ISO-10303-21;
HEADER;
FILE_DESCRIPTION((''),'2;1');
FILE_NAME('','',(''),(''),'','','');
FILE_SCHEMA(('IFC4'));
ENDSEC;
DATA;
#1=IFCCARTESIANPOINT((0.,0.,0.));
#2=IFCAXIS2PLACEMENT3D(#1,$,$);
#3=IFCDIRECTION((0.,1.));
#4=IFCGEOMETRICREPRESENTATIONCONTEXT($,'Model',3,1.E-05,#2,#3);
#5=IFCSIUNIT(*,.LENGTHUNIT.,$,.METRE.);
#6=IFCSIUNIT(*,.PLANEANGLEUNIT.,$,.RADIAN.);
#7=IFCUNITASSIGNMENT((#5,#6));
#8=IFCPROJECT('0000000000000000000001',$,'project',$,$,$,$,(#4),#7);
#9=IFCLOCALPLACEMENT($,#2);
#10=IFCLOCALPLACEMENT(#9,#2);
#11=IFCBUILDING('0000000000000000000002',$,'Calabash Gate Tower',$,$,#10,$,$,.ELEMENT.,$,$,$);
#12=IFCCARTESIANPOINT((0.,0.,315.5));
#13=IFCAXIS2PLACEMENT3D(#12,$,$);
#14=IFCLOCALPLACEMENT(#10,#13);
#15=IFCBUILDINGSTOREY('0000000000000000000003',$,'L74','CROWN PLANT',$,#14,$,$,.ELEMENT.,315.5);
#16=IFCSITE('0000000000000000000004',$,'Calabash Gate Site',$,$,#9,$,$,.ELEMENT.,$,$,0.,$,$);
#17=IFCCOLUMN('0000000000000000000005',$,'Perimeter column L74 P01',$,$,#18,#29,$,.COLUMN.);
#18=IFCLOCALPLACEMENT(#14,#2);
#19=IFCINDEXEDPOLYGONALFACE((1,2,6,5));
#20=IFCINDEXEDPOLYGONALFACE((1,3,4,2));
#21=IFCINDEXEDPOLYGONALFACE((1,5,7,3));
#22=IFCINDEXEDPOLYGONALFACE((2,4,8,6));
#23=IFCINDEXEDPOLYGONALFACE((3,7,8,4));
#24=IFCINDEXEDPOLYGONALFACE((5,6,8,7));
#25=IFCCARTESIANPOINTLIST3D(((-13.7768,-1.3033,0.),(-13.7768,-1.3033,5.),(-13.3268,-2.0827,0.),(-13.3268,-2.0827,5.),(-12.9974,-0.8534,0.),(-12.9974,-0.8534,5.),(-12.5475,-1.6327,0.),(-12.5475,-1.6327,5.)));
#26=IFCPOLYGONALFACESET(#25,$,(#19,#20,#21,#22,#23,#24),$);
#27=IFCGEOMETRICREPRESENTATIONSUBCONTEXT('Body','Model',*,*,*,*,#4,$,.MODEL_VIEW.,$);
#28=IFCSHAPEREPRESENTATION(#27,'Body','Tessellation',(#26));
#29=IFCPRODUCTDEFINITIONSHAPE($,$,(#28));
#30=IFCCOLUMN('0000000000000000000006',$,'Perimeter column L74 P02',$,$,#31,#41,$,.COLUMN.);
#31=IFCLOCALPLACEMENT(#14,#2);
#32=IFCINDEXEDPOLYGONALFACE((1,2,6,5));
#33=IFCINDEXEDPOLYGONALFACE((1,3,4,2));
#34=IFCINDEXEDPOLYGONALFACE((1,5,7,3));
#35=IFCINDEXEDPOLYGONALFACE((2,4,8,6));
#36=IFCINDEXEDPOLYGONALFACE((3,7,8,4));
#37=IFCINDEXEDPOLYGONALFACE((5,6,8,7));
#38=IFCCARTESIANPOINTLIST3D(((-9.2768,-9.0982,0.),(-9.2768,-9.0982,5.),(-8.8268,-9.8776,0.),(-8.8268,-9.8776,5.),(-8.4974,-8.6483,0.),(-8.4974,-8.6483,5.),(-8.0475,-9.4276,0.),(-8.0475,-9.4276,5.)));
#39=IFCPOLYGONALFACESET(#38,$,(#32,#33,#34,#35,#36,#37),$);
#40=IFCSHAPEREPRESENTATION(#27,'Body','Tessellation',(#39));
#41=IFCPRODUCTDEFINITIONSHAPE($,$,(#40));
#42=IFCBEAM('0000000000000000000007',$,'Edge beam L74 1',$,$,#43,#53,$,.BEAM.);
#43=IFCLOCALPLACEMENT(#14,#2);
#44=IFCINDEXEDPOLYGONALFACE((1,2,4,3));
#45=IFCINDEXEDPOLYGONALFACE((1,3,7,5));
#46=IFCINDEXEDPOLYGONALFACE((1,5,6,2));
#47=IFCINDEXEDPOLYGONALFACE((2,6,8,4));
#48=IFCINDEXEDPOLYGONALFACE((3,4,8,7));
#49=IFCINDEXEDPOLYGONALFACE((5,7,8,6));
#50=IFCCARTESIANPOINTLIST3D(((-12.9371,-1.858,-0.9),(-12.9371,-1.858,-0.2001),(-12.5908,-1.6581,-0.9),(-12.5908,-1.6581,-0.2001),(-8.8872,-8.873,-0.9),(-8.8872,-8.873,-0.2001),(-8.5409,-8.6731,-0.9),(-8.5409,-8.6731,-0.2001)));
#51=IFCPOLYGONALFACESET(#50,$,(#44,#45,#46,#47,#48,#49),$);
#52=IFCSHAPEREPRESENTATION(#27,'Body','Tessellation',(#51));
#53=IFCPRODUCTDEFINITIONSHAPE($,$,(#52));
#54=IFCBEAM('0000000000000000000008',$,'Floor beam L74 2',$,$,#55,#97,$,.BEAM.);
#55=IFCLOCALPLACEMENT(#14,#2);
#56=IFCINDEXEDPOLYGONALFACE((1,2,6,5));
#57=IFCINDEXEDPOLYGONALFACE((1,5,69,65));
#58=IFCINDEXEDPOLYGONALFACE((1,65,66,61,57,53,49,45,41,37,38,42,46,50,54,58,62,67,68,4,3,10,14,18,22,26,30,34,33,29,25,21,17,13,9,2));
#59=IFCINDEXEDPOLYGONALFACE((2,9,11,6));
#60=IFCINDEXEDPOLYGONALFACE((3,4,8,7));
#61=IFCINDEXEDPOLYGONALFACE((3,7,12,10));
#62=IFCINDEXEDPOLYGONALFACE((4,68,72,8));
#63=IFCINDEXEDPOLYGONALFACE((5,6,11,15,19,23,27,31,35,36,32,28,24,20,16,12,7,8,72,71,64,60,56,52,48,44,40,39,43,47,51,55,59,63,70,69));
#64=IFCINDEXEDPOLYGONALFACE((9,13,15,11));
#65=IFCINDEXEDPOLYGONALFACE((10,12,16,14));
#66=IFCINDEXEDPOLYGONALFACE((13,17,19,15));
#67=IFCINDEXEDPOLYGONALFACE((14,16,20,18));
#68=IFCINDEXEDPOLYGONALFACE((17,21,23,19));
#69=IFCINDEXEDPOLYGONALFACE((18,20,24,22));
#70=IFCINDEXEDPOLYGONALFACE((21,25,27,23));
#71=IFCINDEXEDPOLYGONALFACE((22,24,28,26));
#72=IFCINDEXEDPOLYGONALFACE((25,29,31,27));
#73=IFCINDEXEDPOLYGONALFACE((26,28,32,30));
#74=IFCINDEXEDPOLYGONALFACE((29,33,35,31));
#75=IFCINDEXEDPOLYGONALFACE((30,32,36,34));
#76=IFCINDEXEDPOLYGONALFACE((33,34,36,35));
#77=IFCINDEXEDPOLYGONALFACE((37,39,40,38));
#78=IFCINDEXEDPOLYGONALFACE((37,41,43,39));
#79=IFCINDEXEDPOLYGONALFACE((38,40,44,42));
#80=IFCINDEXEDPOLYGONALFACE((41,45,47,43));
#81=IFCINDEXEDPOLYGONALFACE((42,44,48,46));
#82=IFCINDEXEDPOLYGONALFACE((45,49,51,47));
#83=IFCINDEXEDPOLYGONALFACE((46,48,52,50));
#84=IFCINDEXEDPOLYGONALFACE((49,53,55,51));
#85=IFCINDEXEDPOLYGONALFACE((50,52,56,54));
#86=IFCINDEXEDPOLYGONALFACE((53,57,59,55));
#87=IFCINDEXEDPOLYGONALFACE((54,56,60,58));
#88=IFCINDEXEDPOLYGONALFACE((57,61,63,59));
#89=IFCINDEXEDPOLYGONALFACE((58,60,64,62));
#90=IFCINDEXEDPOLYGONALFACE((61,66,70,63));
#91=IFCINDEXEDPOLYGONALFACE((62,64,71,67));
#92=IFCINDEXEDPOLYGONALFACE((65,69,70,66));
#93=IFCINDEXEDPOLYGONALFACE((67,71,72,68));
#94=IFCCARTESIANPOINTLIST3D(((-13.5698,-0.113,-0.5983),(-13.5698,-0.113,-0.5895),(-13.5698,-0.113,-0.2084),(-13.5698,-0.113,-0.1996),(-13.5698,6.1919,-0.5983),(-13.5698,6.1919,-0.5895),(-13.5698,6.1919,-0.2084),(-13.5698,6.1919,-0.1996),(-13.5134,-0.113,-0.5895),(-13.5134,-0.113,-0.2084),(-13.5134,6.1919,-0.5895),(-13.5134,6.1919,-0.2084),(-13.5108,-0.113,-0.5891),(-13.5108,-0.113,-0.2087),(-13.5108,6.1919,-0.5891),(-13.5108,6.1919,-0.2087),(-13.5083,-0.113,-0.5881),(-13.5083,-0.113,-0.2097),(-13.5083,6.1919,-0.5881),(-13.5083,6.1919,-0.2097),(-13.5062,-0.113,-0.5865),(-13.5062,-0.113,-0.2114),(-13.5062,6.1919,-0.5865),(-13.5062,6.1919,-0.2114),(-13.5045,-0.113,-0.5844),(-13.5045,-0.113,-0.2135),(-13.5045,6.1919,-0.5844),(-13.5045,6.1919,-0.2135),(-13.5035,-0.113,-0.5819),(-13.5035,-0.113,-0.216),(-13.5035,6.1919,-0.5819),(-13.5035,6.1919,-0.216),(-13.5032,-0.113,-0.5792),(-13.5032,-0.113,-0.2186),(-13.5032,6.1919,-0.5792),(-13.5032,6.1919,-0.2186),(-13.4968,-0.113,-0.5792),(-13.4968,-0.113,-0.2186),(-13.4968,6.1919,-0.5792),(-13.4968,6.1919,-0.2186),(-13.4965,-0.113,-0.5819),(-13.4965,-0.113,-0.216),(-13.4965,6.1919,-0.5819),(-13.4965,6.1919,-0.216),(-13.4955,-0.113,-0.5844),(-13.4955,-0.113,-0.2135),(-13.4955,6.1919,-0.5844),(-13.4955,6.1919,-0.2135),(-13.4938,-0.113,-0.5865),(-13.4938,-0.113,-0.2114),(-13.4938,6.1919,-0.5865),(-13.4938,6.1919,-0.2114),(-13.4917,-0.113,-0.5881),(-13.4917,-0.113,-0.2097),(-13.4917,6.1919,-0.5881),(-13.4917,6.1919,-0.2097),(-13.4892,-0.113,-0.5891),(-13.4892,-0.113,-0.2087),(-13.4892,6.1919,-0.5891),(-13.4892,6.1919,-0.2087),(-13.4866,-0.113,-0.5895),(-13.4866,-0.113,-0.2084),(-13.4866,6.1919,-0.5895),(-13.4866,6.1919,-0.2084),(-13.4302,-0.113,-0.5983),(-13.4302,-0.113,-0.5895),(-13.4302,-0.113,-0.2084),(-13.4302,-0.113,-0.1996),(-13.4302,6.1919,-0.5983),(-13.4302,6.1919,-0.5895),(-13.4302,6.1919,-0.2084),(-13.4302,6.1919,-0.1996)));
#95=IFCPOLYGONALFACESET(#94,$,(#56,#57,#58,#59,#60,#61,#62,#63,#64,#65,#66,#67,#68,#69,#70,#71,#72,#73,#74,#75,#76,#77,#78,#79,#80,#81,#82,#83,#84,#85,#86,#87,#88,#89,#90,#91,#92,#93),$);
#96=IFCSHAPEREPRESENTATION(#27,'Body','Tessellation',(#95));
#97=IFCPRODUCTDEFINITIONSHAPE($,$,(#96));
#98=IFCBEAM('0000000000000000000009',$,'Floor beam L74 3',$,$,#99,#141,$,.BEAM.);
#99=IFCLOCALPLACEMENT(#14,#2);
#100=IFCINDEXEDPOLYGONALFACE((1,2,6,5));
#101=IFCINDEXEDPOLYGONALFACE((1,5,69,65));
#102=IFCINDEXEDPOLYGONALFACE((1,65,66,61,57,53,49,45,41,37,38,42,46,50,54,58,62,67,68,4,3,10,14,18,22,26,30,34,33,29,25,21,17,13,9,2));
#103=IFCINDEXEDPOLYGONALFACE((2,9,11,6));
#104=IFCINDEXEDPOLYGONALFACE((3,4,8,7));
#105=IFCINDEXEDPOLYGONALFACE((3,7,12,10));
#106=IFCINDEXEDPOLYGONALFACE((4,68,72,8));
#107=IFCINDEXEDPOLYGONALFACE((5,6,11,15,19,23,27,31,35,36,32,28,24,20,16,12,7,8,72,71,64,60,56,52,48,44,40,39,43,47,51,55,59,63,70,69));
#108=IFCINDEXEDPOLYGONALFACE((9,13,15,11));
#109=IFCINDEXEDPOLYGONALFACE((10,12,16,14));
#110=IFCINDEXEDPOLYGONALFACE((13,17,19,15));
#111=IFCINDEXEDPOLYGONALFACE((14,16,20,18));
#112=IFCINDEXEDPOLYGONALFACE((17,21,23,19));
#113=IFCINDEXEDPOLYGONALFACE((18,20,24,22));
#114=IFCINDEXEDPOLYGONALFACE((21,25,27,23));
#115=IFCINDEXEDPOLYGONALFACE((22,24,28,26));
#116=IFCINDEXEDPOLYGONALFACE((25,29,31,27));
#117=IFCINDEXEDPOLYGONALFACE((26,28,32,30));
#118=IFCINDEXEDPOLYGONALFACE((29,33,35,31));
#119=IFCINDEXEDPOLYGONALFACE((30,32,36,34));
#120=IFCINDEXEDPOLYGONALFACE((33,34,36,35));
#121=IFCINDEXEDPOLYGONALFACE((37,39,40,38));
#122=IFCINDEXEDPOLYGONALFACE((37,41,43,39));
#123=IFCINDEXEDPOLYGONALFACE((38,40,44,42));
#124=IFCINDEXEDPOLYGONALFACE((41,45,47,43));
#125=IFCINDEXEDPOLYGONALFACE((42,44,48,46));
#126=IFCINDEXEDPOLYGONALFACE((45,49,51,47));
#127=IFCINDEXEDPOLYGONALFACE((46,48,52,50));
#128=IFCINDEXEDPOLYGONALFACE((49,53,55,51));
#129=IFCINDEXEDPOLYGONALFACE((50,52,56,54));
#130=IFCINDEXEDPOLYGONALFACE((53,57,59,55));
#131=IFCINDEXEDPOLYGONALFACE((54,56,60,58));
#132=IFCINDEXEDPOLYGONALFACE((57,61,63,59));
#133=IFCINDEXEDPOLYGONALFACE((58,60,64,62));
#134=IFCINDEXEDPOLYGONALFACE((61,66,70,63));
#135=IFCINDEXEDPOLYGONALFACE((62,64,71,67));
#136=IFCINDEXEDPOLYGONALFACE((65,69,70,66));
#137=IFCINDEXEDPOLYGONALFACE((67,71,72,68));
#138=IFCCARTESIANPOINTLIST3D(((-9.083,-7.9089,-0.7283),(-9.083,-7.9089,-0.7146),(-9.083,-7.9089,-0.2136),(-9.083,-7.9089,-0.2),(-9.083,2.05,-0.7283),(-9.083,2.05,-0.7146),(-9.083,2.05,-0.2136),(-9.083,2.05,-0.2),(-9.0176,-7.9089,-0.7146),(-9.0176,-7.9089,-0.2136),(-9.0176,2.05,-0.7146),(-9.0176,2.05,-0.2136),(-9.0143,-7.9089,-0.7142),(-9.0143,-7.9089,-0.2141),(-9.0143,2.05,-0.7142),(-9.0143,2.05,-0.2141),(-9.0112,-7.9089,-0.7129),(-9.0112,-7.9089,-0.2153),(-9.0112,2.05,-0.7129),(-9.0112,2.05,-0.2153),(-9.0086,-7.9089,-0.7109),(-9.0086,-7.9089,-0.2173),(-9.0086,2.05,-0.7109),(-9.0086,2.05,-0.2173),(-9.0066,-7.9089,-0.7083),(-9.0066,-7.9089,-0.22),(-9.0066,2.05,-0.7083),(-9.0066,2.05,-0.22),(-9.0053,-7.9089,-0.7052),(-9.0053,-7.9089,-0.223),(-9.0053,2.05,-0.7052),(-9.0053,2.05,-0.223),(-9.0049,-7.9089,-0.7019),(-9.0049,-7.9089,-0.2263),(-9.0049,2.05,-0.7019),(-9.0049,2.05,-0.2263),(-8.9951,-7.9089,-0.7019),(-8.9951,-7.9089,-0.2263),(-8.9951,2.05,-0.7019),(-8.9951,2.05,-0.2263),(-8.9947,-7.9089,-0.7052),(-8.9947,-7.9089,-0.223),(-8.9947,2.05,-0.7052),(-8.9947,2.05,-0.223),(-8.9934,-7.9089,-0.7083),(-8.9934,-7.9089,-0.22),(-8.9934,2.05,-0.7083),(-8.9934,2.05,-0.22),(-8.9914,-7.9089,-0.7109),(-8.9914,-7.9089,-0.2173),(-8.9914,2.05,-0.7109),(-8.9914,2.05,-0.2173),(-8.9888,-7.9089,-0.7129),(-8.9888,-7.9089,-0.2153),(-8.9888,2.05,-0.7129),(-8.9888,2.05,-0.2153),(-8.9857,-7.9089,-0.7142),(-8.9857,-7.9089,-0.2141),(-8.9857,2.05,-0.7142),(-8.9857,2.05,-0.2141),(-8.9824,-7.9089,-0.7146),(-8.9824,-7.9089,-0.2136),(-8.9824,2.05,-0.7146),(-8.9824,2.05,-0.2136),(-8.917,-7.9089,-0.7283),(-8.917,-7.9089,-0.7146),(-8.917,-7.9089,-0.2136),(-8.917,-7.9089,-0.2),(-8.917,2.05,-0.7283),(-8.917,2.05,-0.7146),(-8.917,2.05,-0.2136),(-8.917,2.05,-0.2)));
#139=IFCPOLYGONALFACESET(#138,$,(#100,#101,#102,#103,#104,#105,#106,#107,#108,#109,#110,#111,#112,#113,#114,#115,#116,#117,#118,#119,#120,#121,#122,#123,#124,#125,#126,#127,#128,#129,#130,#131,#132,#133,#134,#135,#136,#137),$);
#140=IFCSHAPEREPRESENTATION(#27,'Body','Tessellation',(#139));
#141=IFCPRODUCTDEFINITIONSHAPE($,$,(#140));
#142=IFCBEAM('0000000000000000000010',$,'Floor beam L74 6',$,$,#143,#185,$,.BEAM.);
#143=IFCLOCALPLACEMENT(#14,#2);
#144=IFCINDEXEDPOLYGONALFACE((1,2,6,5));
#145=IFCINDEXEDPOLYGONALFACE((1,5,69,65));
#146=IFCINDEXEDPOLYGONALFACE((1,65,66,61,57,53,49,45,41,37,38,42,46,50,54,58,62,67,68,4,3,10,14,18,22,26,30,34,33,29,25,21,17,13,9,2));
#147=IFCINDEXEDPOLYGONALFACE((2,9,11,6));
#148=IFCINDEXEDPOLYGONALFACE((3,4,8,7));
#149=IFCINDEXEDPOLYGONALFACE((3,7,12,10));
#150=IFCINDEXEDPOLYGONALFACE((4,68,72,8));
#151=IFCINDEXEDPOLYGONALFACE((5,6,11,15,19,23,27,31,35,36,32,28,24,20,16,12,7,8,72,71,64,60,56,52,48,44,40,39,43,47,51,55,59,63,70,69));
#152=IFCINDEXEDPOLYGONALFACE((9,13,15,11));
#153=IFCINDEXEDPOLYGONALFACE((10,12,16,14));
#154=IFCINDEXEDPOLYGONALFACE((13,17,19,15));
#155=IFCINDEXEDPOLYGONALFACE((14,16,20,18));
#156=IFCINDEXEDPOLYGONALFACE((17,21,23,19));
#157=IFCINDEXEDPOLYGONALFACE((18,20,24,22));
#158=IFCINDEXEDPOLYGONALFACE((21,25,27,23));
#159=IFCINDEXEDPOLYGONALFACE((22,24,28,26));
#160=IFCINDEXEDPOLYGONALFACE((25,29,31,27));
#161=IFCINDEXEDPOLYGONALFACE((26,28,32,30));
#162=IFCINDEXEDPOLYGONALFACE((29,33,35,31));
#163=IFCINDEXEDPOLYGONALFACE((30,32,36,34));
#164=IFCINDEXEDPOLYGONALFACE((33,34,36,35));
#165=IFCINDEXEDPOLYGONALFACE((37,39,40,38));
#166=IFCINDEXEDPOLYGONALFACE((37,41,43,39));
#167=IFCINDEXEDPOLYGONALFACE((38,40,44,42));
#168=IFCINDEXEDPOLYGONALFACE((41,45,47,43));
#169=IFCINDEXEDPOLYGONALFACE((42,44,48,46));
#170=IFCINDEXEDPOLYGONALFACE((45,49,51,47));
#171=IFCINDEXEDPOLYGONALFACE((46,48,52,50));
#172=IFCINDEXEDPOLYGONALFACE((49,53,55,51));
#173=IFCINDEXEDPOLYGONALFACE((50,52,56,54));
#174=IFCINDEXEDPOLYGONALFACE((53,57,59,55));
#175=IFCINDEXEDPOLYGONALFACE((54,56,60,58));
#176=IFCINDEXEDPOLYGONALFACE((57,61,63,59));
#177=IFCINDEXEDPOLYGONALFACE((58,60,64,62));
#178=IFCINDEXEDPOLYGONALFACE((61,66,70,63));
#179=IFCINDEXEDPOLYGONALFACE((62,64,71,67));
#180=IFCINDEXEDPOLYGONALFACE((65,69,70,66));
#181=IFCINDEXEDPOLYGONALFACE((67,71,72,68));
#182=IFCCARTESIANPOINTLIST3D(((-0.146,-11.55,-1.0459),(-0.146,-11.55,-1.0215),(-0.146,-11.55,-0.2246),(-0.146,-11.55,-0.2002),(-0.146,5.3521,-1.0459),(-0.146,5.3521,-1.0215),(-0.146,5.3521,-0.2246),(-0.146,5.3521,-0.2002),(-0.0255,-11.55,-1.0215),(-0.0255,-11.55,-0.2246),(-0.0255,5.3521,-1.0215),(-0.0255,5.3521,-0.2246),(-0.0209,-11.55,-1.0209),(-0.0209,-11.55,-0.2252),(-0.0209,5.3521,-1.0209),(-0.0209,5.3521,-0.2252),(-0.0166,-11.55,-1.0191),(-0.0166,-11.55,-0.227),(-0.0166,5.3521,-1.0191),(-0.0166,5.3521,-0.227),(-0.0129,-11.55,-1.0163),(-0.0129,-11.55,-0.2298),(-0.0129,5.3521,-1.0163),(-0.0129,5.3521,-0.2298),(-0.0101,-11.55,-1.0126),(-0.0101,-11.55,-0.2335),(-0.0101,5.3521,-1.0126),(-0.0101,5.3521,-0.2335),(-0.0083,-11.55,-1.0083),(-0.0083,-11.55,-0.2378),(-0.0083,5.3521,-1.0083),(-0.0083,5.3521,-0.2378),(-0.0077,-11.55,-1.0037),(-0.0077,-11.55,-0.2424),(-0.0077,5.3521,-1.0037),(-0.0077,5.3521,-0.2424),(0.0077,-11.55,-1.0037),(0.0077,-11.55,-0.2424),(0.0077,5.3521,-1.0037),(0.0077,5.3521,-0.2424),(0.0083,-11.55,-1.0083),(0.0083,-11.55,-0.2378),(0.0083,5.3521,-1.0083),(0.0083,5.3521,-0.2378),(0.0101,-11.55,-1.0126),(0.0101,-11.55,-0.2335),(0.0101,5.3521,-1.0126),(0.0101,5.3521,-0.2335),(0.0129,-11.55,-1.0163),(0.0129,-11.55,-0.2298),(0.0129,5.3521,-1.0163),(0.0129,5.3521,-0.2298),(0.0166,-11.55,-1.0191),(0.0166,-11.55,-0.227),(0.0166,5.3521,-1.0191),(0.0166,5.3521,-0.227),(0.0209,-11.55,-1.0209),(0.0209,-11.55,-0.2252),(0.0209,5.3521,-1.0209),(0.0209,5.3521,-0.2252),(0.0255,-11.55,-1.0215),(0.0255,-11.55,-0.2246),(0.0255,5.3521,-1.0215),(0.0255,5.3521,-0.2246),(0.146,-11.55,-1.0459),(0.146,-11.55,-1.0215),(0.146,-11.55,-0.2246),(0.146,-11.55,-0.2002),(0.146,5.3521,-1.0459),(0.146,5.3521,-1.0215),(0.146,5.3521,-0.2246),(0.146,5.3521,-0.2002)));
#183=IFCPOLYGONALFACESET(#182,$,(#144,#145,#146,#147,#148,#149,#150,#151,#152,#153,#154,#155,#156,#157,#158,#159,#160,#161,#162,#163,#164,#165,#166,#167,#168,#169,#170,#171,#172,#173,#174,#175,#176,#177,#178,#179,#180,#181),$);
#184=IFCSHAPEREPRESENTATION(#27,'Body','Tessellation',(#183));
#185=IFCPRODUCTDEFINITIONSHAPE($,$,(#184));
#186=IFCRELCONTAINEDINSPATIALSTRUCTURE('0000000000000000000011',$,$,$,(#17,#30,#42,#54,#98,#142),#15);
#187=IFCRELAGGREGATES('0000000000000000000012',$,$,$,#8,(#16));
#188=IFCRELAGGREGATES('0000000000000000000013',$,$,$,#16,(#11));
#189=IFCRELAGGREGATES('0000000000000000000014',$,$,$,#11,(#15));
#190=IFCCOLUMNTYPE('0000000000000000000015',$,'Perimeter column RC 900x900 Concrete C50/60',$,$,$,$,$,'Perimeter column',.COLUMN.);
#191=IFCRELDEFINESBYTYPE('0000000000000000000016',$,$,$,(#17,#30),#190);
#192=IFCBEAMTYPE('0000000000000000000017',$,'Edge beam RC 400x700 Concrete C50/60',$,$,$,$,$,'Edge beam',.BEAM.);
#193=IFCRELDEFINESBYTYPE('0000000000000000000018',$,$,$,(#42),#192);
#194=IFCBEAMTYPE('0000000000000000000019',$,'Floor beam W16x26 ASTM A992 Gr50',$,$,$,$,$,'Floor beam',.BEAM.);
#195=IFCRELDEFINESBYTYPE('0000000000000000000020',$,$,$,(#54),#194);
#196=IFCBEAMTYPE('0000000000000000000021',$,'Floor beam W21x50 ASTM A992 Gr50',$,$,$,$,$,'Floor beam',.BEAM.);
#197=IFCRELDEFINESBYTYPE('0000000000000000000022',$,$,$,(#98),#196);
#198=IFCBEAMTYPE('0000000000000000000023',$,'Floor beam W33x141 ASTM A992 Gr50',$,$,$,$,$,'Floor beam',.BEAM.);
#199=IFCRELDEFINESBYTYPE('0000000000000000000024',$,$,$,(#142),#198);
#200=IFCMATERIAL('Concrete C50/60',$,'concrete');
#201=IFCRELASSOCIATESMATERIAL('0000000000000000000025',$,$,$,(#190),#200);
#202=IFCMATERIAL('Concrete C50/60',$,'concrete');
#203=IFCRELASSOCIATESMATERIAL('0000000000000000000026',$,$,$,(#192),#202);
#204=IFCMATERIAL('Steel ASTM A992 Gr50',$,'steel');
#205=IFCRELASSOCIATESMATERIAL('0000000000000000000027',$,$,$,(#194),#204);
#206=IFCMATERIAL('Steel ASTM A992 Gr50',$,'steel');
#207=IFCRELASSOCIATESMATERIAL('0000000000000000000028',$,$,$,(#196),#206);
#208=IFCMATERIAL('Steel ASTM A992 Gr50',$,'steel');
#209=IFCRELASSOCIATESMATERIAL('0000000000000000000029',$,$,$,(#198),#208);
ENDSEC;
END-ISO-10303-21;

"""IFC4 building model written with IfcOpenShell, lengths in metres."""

from ifc_helpers import new_model, si_unit, direction, frame, origin, origin_2d, place, context, subcontext, project, spatial, rectangle, i_section, extrude, material, material_profile, profile_set, type_object, element, save


model = new_model("IFC4")

# Units and contexts
model_context = context("Model", 3, precision=1e-05, world=origin(), true_north=direction((0.0, 1.0)))
body_context = subcontext(model_context, "Body", "Model", "MODEL_VIEW")
ifc_project = project(units=[si_unit("LENGTHUNIT", "METRE"), si_unit("PLANEANGLEUNIT", "RADIAN")], contexts=[model_context])

# Site, building, storey
site_placement = place(None, origin())
site = spatial("IfcSite", under=ifc_project, at=site_placement, Name="Calabash Gate Site", CompositionType="ELEMENT", RefElevation=0.0)
building_placement = place(site_placement, origin())
building = spatial("IfcBuilding", under=site, at=building_placement, Name="Calabash Gate Tower", CompositionType="ELEMENT")
storey_placement = place(building_placement, frame((0.0, 0.0, 315.5)))
storey = spatial("IfcBuildingStorey", under=building, at=storey_placement, Name="L74", Description="CROWN PLANT", CompositionType="ELEMENT", Elevation=315.5)

# Columns
ifc_material_1 = material(Name="Concrete C50/60", Category="concrete")
ifc_material_profile_1 = material_profile(ifc_material_1, rectangle(XDim=0.8999, YDim=0.8999, at=origin_2d()))
ifc_profile_set_1 = profile_set([ifc_material_profile_1], Name="Concrete C50/60")
column_type = type_object("IfcColumnType", Name="Perimeter column RC 900x900 Concrete C50/60", ElementType="Perimeter column", PredefinedType="COLUMN", material=ifc_profile_set_1)
for number, where, z_axis, x_axis, name in (
    (1, (-13.1621, -1.468, 0.0), (0.0, 0.0, 1.0), (0.5, -0.866025, 0.0), "Perimeter column L74 P01"),
    (2, (-8.6621, -9.2629, 0.0), (0.0, 0.0, 1.0), (0.5, -0.866025, 0.0), "Perimeter column L74 P02"),
):
    element("IfcColumn", number, at=place(storey_placement, frame(where, z_axis=z_axis, x_axis=x_axis)), inside=storey, type_object=column_type, Name=name, PredefinedType="COLUMN", context=body_context, shape_type="SweptSolid", body=[
        extrude(rectangle(XDim=0.8999, YDim=0.8999, at=origin_2d()), origin(), (0.0, 0.0, 1.0), 5.0),
    ])

# Beams
ifc_material_2 = material(Name="Concrete C50/60", Category="concrete")
ifc_material_profile_2 = material_profile(ifc_material_2, rectangle(XDim=0.3999, YDim=0.7, at=origin_2d()))
ifc_profile_set_2 = profile_set([ifc_material_profile_2], Name="Concrete C50/60")
beam_type_1 = type_object("IfcBeamType", Name="Edge beam RC 400x700 Concrete C50/60", ElementType="Edge beam", PredefinedType="BEAM", material=ifc_profile_set_2)
beam_1_placement = place(storey_placement, frame((-12.7639, -1.7581, -0.55), z_axis=(0.499977, -0.866039, 0.0), x_axis=(0.866039, 0.499977, 0.0)))
element("IfcBeam", 3, at=beam_1_placement, inside=storey, type_object=beam_type_1, Name="Edge beam L74 1", PredefinedType="BEAM", context=body_context, shape_type="SweptSolid", body=[
    extrude(rectangle(XDim=0.3999, YDim=0.7, at=origin_2d()), origin(), (0.0, 0.0, 1.0), 8.1001),
])
ifc_material_3 = material(Name="Steel ASTM A992 Gr50", Category="steel")
ifc_material_profile_3 = material_profile(ifc_material_3, i_section(OverallWidth=0.1396, OverallDepth=0.3987, WebThickness=0.0063, FlangeThickness=0.0088, FilletRadius=0.0103, at=origin_2d()))
ifc_profile_set_3 = profile_set([ifc_material_profile_3], Name="Steel ASTM A992 Gr50")
beam_type_2 = type_object("IfcBeamType", Name="Floor beam W16x26 ASTM A992 Gr50", ElementType="Floor beam", PredefinedType="BEAM", material=ifc_profile_set_3)
beam_2_placement = place(storey_placement, frame((-13.5, -0.113, -0.3989), z_axis=(0.0, 1.0, 0.0), x_axis=(-1.0, 0.0, 0.0)))
element("IfcBeam", 4, at=beam_2_placement, inside=storey, type_object=beam_type_2, Name="Floor beam L74 2", PredefinedType="BEAM", context=body_context, shape_type="SweptSolid", body=[
    extrude(i_section(OverallWidth=0.1396, OverallDepth=0.3987, WebThickness=0.0063, FlangeThickness=0.0088, FilletRadius=0.0103, at=origin_2d()), origin(), (0.0, 0.0, 1.0), 6.3049),
])
ifc_material_4 = material(Name="Steel ASTM A992 Gr50", Category="steel")
ifc_material_profile_4 = material_profile(ifc_material_4, i_section(OverallWidth=0.166, OverallDepth=0.5283, WebThickness=0.0098, FlangeThickness=0.0137, FilletRadius=0.0127, at=origin_2d()))
ifc_profile_set_4 = profile_set([ifc_material_profile_4], Name="Steel ASTM A992 Gr50")
beam_type_3 = type_object("IfcBeamType", Name="Floor beam W21x50 ASTM A992 Gr50", ElementType="Floor beam", PredefinedType="BEAM", material=ifc_profile_set_4)
beam_3_placement = place(storey_placement, frame((-9.0, -7.9089, -0.4641), z_axis=(0.0, 1.0, 0.0), x_axis=(-1.0, 0.0, 0.0)))
element("IfcBeam", 5, at=beam_3_placement, inside=storey, type_object=beam_type_3, Name="Floor beam L74 3", PredefinedType="BEAM", context=body_context, shape_type="SweptSolid", body=[
    extrude(i_section(OverallWidth=0.166, OverallDepth=0.5283, WebThickness=0.0098, FlangeThickness=0.0137, FilletRadius=0.0127, at=origin_2d()), origin(), (0.0, 0.0, 1.0), 9.959),
])
ifc_material_5 = material(Name="Steel ASTM A992 Gr50", Category="steel")
ifc_material_profile_5 = material_profile(ifc_material_5, i_section(OverallWidth=0.292, OverallDepth=0.8457, WebThickness=0.0154, FlangeThickness=0.0244, FilletRadius=0.0178, at=origin_2d()))
ifc_profile_set_5 = profile_set([ifc_material_profile_5], Name="Steel ASTM A992 Gr50")
beam_type_4 = type_object("IfcBeamType", Name="Floor beam W33x141 ASTM A992 Gr50", ElementType="Floor beam", PredefinedType="BEAM", material=ifc_profile_set_5)
beam_4_placement = place(storey_placement, frame((0.0, -11.55, -0.623), z_axis=(0.0, 1.0, 0.0), x_axis=(-1.0, 0.0, 0.0)))
element("IfcBeam", 6, at=beam_4_placement, inside=storey, type_object=beam_type_4, Name="Floor beam L74 6", PredefinedType="BEAM", context=body_context, shape_type="SweptSolid", body=[
    extrude(i_section(OverallWidth=0.292, OverallDepth=0.8457, WebThickness=0.0154, FlangeThickness=0.0244, FilletRadius=0.0178, at=origin_2d()), origin(), (0.0, 0.0, 1.0), 16.9021),
])

save(model, "model.ifc")
